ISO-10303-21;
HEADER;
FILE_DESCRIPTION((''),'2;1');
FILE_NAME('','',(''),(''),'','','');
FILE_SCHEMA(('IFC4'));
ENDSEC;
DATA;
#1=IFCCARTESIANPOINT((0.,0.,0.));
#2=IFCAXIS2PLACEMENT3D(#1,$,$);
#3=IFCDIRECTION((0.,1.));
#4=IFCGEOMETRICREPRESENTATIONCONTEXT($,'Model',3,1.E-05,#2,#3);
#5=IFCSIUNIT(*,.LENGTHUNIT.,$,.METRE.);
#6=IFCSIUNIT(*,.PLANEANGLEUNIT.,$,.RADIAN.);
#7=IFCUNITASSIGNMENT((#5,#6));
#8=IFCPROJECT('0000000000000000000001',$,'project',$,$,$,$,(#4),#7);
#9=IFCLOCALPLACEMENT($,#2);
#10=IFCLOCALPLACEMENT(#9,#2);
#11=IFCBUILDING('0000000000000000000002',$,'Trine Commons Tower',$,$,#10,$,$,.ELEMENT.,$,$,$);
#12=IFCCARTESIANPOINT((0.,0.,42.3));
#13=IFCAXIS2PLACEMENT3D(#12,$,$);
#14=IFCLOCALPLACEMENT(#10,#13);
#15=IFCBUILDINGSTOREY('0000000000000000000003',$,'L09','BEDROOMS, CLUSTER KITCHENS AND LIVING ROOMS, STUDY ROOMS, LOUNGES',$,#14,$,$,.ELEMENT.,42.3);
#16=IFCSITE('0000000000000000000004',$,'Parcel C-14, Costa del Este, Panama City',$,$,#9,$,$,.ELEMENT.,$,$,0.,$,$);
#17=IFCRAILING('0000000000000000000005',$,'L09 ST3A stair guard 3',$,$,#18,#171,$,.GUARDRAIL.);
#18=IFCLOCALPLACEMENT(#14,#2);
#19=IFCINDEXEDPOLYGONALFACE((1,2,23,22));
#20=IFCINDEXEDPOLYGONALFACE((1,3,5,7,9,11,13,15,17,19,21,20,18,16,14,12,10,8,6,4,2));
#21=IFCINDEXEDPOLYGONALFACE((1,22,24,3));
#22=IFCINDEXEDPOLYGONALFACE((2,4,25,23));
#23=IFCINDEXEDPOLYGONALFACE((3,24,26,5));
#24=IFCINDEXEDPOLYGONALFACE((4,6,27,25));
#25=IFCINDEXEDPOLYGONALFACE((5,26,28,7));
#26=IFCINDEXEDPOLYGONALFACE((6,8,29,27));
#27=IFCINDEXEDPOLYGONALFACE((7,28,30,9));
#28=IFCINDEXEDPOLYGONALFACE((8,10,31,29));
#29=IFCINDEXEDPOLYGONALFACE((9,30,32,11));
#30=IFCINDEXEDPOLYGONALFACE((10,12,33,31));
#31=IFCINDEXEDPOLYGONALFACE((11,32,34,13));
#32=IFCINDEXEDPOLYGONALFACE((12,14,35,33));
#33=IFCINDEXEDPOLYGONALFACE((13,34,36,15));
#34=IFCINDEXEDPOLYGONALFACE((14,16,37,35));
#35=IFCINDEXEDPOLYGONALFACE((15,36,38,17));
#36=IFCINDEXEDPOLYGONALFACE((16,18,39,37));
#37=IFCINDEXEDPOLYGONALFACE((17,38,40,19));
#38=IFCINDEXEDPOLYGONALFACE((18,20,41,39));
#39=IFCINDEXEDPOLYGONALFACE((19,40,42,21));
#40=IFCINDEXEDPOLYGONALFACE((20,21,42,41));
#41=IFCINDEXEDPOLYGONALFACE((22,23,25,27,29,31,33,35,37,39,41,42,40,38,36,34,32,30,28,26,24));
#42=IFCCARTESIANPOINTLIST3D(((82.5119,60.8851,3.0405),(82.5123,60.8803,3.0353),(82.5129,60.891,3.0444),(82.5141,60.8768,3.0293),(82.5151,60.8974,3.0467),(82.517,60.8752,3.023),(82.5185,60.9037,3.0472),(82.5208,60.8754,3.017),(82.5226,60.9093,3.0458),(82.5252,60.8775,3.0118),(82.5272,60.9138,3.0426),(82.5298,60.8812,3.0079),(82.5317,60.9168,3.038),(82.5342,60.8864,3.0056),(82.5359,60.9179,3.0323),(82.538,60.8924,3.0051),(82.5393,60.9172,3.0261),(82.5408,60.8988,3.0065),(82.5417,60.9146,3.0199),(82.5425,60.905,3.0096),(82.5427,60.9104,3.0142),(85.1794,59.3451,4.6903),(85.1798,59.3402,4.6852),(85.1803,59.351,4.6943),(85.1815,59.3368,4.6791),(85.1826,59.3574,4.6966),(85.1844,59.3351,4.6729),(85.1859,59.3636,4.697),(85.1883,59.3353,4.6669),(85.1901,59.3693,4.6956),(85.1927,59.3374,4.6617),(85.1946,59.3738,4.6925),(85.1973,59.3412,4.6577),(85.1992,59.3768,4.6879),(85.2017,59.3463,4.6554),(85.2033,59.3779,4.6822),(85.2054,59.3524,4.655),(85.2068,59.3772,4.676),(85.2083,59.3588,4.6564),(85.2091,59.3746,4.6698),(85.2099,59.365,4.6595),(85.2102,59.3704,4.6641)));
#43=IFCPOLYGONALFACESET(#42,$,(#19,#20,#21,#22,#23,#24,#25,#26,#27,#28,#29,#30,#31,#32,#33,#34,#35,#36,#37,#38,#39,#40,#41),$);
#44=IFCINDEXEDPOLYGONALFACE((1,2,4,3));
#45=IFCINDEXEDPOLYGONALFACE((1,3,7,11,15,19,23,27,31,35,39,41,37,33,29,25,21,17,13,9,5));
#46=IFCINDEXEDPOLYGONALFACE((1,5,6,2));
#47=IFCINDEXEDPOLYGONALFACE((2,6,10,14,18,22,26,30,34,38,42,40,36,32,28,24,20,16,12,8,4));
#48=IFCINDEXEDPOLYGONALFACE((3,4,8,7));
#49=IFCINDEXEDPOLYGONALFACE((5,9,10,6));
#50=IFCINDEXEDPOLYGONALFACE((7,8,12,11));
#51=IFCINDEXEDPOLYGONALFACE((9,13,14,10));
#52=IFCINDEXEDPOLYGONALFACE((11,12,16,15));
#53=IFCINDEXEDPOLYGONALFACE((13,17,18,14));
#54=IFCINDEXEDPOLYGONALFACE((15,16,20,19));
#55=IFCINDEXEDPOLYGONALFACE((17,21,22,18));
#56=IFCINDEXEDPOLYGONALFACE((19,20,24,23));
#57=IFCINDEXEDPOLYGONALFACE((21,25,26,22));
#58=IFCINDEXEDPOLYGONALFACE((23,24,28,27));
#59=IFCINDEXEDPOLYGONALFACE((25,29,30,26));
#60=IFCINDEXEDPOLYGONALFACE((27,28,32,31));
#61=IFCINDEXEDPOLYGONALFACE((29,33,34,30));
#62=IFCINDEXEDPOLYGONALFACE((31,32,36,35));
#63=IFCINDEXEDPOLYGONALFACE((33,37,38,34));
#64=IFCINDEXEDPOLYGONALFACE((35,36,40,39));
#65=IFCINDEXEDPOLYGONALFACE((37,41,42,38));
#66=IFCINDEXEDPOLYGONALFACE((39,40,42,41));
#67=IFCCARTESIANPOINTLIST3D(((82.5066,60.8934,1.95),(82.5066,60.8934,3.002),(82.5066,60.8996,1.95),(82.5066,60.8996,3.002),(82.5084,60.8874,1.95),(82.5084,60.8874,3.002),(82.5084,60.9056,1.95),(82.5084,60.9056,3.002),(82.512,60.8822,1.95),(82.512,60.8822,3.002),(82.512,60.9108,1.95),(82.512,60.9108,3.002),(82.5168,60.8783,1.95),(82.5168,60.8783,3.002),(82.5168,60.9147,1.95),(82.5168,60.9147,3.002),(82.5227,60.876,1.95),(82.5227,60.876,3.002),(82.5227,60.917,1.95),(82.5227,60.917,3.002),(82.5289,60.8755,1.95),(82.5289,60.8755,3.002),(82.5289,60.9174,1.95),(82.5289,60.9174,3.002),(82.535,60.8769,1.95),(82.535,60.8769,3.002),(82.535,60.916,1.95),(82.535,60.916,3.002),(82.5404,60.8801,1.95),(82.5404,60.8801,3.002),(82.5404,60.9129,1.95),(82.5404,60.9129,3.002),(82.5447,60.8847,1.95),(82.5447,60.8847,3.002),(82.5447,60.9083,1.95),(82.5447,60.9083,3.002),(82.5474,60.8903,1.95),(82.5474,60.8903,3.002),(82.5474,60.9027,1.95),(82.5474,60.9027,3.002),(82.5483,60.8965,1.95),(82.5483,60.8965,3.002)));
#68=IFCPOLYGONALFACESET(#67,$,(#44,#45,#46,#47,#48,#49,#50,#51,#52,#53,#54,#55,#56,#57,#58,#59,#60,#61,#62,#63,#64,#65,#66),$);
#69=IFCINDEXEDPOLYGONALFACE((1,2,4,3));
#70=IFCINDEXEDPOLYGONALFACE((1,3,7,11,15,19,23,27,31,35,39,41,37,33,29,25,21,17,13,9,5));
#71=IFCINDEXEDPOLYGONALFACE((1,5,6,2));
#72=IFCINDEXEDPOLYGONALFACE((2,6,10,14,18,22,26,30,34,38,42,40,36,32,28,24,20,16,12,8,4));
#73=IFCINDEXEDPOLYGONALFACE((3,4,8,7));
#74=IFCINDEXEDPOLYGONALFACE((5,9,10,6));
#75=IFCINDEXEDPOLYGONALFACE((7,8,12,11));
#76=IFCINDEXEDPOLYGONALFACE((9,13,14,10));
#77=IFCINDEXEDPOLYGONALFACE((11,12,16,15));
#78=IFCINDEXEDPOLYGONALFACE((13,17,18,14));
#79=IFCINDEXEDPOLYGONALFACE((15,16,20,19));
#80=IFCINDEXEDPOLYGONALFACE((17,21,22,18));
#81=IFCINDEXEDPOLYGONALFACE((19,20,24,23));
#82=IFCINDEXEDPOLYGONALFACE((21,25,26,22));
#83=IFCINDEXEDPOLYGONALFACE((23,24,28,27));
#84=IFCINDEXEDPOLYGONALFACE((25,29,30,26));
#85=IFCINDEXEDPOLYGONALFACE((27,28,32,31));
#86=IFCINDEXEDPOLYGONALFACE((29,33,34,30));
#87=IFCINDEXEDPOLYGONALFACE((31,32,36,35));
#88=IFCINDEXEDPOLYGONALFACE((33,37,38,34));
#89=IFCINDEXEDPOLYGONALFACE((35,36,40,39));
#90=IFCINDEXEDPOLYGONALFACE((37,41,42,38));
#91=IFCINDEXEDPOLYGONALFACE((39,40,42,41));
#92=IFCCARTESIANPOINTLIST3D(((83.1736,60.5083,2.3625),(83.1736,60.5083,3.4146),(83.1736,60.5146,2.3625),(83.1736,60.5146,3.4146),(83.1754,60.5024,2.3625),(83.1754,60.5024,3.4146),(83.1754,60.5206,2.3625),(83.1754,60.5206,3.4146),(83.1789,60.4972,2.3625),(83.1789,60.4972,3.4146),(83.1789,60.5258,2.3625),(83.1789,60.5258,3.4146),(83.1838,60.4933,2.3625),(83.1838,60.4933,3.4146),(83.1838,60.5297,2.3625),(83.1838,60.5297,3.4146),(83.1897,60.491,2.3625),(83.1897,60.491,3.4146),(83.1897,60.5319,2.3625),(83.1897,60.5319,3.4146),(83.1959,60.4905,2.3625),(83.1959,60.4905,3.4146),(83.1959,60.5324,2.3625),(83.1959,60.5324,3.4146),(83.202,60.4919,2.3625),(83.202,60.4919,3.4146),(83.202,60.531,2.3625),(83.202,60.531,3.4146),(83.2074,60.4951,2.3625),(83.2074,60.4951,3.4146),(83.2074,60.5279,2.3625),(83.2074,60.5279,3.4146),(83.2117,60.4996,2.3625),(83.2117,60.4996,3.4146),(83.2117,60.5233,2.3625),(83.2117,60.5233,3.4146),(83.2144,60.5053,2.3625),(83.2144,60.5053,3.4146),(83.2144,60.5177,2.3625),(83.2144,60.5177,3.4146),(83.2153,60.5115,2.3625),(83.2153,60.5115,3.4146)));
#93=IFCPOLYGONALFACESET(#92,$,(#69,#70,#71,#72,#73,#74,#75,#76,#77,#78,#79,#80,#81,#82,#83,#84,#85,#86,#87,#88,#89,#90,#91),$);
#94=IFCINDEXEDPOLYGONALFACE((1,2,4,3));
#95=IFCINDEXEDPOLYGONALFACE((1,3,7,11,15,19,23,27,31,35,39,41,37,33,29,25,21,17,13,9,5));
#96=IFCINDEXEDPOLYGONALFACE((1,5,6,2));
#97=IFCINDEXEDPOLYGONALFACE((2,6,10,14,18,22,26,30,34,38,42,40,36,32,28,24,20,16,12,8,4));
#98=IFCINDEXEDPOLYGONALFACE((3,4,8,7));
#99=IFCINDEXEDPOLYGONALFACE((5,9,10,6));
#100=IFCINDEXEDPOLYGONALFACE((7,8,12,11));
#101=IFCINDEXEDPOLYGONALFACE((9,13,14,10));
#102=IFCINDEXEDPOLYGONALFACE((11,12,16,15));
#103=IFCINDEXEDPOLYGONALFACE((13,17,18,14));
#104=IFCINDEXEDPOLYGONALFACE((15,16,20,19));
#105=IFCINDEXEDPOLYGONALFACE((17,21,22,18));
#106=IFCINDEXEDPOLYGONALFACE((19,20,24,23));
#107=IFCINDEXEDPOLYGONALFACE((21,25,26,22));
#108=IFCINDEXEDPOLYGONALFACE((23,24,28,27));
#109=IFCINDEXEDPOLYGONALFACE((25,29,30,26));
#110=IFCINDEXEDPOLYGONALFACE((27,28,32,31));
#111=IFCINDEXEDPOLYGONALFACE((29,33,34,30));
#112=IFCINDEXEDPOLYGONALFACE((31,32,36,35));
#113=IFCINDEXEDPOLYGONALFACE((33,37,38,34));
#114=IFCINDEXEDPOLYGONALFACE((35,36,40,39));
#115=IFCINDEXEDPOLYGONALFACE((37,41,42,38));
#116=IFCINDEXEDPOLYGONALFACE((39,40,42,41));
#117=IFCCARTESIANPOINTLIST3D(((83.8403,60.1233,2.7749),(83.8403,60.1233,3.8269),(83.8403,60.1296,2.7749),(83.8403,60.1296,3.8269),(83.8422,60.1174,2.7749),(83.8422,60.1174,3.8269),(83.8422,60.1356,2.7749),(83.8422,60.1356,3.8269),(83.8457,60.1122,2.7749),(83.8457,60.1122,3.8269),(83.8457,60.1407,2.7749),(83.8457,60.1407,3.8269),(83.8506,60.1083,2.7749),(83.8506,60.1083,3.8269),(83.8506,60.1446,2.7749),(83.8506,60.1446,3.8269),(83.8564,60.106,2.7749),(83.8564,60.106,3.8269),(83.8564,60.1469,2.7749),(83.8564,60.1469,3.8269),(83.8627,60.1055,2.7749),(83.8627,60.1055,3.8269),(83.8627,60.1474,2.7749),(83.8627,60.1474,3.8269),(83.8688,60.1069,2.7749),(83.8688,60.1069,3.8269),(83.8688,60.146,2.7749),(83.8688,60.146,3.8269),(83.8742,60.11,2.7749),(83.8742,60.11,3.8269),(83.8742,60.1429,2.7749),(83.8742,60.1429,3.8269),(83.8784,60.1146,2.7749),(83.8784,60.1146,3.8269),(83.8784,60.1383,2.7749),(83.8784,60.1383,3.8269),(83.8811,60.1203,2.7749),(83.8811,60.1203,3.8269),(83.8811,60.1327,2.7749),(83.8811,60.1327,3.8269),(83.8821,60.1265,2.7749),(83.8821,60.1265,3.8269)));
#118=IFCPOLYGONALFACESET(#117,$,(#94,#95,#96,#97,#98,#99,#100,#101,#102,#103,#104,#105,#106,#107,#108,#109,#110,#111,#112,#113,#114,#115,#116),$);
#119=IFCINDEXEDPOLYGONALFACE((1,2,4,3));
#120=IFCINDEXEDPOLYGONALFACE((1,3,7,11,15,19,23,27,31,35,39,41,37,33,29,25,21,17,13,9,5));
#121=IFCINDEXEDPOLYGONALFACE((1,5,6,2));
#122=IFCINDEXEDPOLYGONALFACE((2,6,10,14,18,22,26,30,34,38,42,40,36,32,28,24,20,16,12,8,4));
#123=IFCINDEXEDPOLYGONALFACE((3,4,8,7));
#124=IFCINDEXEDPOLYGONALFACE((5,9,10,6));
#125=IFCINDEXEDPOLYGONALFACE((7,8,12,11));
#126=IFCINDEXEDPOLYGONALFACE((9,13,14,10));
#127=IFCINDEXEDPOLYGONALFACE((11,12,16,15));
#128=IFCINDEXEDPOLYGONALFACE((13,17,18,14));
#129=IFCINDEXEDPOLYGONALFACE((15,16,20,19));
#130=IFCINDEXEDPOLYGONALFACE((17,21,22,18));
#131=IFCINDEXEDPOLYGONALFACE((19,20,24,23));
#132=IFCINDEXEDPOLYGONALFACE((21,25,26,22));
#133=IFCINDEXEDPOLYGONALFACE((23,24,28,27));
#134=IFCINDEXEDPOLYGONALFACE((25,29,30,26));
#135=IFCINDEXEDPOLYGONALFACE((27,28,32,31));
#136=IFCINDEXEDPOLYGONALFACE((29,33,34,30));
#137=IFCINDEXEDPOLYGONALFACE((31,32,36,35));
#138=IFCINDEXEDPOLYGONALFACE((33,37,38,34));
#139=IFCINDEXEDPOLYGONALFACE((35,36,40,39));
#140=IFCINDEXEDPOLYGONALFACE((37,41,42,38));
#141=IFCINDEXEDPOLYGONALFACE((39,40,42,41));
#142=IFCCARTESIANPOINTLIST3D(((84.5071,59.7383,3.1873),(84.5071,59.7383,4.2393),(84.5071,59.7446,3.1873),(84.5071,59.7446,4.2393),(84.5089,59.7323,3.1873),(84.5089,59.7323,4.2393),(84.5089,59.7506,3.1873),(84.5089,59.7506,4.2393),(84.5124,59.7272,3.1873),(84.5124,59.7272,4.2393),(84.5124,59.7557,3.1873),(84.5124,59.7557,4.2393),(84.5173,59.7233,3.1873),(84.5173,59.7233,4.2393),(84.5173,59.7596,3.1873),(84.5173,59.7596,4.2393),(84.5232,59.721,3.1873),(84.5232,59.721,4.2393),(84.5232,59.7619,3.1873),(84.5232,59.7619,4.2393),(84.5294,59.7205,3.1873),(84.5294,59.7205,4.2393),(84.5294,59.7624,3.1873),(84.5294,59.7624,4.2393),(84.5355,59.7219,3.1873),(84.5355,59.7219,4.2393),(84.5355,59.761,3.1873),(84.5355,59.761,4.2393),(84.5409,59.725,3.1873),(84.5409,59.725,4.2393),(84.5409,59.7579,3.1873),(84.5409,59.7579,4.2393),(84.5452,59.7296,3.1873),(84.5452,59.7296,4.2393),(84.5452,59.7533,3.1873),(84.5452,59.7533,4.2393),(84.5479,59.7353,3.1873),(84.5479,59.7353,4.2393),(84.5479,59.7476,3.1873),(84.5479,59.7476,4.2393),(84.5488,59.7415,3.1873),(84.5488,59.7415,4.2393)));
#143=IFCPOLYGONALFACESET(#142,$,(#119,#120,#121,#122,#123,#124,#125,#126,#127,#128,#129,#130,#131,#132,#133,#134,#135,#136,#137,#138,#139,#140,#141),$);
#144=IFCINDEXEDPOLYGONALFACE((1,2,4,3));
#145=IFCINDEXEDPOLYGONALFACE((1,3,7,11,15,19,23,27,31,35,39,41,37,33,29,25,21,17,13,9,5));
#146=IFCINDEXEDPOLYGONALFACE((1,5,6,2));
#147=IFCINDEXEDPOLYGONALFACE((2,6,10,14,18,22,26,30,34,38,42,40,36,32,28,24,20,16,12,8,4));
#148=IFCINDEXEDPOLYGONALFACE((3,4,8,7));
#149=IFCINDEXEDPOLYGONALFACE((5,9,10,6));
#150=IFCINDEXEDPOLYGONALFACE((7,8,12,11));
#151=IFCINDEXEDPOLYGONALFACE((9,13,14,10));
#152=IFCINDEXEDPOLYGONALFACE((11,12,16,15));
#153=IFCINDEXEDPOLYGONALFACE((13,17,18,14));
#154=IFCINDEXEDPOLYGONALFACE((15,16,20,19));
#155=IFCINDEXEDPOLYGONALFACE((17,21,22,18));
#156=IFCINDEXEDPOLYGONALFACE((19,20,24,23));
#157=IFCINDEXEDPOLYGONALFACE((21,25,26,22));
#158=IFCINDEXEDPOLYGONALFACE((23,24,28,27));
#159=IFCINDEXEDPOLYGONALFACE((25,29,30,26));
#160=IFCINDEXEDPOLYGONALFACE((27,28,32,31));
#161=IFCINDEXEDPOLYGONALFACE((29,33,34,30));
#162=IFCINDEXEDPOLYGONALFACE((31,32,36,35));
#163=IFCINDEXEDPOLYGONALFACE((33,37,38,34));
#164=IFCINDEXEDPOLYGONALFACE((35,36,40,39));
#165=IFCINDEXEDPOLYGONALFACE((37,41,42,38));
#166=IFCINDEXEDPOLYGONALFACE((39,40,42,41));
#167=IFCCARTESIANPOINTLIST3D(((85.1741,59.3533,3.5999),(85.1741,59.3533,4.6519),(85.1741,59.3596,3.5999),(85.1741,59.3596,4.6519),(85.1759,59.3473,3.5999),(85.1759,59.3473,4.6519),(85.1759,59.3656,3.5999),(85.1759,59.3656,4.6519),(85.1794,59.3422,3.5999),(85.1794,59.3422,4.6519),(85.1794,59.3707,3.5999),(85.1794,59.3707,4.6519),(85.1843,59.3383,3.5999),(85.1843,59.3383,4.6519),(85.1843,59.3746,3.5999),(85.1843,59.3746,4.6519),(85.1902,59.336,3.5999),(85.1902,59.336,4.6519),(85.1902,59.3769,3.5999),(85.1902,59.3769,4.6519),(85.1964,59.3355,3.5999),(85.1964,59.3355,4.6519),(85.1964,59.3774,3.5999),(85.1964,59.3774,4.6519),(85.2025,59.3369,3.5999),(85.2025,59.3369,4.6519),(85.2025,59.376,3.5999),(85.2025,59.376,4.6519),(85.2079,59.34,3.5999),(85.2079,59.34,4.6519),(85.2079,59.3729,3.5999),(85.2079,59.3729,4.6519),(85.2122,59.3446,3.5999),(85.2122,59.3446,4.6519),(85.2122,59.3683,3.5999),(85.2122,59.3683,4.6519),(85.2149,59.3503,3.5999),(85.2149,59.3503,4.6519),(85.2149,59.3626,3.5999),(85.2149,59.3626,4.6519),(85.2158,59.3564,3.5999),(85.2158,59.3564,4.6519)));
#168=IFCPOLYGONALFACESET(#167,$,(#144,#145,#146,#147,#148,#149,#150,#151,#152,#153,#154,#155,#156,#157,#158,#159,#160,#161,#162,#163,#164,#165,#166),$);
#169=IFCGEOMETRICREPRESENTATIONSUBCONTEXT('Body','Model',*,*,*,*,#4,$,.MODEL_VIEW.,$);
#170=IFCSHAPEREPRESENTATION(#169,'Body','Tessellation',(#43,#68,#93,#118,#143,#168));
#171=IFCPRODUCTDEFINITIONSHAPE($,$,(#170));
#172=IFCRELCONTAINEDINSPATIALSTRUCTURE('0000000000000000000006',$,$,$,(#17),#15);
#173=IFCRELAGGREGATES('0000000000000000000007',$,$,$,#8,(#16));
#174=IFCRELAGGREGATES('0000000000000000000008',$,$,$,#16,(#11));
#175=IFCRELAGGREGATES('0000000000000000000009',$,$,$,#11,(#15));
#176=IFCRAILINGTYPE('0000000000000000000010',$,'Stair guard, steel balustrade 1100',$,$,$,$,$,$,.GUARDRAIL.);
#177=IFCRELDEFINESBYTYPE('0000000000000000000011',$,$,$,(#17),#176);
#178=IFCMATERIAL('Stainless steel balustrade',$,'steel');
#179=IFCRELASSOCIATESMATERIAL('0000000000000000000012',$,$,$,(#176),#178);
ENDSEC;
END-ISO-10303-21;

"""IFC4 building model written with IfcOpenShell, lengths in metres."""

from ifc_helpers import new_model, si_unit, direction, frame, origin, origin_2d, place, context, subcontext, project, spatial, circle, extrude, material, type_object, element, save


model = new_model("IFC4")

# Units and contexts
model_context = context("Model", 3, precision=1e-05, world=origin(), true_north=direction((0.0, 1.0)))
body_context = subcontext(model_context, "Body", "Model", "MODEL_VIEW")
ifc_project = project(units=[si_unit("LENGTHUNIT", "METRE"), si_unit("PLANEANGLEUNIT", "RADIAN")], contexts=[model_context])

# Site, building, storey
site_placement = place(None, origin())
site = spatial("IfcSite", under=ifc_project, at=site_placement, Name="Parcel C-14, Costa del Este, Panama City", CompositionType="ELEMENT", RefElevation=0.0)
building_placement = place(site_placement, origin())
building = spatial("IfcBuilding", under=site, at=building_placement, Name="Trine Commons Tower", CompositionType="ELEMENT")
storey_placement = place(building_placement, frame((0.0, 0.0, 42.3)))
storey = spatial("IfcBuildingStorey", under=building, at=storey_placement, Name="L09", Description="BEDROOMS, CLUSTER KITCHENS AND LIVING ROOMS, STUDY ROOMS, LOUNGES", CompositionType="ELEMENT", Elevation=42.3)

# Railing
ifc_material_1 = material(Name="Stainless steel balustrade", Category="steel")
railing_type_1 = type_object("IfcRailingType", Name="Stair guard, steel balustrade 1100", PredefinedType="GUARDRAIL", material=ifc_material_1)
railing_1_placement = place(storey_placement, frame((82.5273, 60.8965, 1.95)))
element("IfcRailing", 1, at=railing_1_placement, inside=storey, type_object=railing_type_1, Name="L09 ST3A stair guard 3", PredefinedType="GUARDRAIL", context=body_context, shape_type="SweptSolid", body=[
    extrude(circle(Radius=0.0239, at=origin_2d()), frame((0.0, 0.0, 1.0762), z_axis=(0.763405, -0.440743, 0.472185), x_axis=(0.499992, 0.86603, 0.0)), (0.0, 0.0, 1.0), 3.4941),
    extrude(circle(Radius=0.021, at=origin_2d()), origin(), (0.0, 0.0, 1.0), 1.052),
    extrude(circle(Radius=0.021, at=origin_2d()), frame((0.667, -0.385, 0.4126)), (0.0, 0.0, 1.0), 1.052),
    extrude(circle(Radius=0.021, at=origin_2d()), frame((1.3337, -0.77, 0.825)), (0.0, 0.0, 1.0), 1.052),
    extrude(circle(Radius=0.021, at=origin_2d()), frame((2.0005, -1.155, 1.2373)), (0.0, 0.0, 1.0), 1.052),
    extrude(circle(Radius=0.021, at=origin_2d()), frame((2.6675, -1.54, 1.6499)), (0.0, 0.0, 1.0), 1.052),
])

save(model, "model.ifc")
